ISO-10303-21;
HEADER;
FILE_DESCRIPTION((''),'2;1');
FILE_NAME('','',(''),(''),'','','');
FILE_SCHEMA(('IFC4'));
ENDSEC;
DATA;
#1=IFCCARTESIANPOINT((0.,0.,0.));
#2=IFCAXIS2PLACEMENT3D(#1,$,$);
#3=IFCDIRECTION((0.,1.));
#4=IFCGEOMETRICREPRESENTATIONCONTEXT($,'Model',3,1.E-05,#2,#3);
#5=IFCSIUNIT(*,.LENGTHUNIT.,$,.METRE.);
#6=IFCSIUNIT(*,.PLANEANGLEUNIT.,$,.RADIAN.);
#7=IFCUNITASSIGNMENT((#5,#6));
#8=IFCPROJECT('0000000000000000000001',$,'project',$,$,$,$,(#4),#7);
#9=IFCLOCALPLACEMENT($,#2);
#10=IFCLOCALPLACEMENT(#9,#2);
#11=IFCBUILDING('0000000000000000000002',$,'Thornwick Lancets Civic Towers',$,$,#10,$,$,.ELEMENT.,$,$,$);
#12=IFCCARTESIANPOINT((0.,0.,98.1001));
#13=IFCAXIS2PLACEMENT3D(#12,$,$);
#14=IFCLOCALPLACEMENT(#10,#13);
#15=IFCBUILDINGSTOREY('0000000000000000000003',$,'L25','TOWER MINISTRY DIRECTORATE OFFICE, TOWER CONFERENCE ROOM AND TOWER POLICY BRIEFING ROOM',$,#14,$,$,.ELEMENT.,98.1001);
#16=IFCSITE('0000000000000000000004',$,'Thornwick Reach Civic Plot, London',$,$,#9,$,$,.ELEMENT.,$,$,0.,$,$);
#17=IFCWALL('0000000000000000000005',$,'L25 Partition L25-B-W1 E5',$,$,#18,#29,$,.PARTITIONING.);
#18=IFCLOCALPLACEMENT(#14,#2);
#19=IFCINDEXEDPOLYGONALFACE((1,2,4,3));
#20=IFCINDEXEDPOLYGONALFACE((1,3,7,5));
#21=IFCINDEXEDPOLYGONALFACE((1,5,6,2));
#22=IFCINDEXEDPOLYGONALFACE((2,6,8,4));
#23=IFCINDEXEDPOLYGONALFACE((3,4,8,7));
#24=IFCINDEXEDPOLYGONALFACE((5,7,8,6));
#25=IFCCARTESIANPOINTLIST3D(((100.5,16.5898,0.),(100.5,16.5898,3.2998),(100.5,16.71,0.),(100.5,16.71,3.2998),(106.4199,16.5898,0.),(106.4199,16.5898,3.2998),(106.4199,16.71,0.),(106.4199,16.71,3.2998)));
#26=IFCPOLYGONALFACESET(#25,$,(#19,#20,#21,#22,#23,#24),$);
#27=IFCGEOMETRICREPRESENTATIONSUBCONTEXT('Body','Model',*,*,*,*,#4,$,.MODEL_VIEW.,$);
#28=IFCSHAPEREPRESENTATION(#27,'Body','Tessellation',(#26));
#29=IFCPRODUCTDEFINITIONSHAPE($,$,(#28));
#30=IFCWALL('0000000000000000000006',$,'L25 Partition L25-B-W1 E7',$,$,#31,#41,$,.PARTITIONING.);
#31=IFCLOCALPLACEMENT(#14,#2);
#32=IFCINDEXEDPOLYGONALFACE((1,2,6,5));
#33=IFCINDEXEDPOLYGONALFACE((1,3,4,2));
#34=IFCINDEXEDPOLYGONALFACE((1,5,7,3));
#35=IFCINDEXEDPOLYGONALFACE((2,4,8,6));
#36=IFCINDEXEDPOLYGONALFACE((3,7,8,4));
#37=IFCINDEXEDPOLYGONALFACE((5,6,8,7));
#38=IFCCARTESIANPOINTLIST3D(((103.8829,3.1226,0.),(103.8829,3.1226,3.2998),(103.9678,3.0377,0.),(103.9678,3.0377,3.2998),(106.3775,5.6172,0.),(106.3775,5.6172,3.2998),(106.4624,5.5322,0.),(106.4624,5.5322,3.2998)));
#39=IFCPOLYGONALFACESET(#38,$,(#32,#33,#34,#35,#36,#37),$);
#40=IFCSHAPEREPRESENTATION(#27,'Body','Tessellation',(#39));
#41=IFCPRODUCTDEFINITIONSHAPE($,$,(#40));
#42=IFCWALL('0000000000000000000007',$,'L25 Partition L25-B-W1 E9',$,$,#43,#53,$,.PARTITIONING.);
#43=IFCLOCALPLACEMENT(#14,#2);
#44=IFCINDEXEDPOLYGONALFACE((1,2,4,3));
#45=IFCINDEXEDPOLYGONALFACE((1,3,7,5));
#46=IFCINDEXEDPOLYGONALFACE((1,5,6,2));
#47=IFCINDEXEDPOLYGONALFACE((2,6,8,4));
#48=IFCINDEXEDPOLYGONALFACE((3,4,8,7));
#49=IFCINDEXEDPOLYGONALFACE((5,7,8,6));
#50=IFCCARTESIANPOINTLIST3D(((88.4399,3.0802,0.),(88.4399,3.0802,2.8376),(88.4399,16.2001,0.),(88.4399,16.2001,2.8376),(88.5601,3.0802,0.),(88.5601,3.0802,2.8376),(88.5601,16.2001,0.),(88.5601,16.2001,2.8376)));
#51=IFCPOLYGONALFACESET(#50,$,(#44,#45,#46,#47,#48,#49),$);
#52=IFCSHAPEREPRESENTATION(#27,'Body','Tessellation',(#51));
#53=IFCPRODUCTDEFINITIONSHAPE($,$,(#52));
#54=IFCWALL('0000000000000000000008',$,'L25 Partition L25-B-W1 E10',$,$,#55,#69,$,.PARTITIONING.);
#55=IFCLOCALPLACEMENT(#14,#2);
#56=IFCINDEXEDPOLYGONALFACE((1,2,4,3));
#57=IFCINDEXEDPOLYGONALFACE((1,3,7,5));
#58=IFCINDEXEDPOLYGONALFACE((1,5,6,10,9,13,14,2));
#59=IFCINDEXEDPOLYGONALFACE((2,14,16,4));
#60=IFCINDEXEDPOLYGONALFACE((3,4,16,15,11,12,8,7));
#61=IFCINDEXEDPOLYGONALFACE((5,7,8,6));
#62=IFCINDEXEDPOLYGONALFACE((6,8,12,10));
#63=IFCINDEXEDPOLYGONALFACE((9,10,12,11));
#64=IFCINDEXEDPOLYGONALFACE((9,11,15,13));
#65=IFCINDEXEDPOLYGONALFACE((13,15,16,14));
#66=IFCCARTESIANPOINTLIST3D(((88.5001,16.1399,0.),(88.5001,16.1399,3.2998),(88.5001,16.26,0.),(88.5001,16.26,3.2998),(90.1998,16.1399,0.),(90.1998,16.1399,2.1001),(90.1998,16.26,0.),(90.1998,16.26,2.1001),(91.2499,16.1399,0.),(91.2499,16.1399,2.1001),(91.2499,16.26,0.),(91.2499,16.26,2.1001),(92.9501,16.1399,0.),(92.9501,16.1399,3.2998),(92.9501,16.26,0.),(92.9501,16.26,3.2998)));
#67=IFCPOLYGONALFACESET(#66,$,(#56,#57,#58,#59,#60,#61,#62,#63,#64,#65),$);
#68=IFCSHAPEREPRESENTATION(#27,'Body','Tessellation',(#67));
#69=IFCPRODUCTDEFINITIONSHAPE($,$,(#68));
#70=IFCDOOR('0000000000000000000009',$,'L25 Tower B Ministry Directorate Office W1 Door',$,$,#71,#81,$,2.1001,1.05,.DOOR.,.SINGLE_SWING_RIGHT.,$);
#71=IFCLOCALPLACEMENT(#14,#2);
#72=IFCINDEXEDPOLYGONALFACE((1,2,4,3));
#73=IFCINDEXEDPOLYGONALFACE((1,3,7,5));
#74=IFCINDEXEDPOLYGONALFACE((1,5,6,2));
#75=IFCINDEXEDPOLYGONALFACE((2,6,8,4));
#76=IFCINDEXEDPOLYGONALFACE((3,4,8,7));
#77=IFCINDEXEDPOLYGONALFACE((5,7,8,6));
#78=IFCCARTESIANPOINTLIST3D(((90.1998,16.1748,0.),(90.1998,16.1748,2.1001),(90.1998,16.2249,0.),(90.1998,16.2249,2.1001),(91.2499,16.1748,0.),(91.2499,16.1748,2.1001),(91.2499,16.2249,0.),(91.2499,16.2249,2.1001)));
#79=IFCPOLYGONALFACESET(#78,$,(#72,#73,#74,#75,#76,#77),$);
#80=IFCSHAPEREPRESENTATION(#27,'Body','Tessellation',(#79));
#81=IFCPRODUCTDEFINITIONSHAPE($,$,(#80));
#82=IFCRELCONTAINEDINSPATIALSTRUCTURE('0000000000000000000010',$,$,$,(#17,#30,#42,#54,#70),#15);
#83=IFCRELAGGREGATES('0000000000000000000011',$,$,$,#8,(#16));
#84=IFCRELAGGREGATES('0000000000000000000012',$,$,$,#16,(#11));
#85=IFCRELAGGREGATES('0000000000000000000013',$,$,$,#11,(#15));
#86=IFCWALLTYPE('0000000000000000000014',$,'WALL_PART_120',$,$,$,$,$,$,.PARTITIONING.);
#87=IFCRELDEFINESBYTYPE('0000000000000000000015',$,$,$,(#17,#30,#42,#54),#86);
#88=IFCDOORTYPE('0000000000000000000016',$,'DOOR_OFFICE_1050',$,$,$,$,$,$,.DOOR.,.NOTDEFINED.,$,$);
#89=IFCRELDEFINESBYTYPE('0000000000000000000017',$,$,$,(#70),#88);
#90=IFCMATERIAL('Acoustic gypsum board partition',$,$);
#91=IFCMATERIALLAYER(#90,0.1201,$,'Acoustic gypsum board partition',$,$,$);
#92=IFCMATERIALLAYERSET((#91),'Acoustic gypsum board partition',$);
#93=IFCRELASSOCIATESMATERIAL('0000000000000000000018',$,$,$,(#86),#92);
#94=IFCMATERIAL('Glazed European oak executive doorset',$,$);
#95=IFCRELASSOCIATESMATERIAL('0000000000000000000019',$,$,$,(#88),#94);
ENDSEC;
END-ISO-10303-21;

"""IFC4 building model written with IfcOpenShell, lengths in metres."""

from ifc_helpers import new_model, si_unit, direction, frame, frame_2d, origin, place, context, subcontext, project, spatial, rectangle, extrude, material, layer, layer_set, type_object, element, fill, save


model = new_model("IFC4")

# Units and contexts
model_context = context("Model", 3, precision=1e-05, world=origin(), true_north=direction((0.0, 1.0)))
body_context = subcontext(model_context, "Body", "Model", "MODEL_VIEW")
ifc_project = project(units=[si_unit("LENGTHUNIT", "METRE"), si_unit("PLANEANGLEUNIT", "RADIAN")], contexts=[model_context])

# Site, building, storey
site_placement = place(None, origin())
site = spatial("IfcSite", under=ifc_project, at=site_placement, Name="Thornwick Reach Civic Plot, London", CompositionType="ELEMENT", RefElevation=0.0)
building_placement = place(site_placement, origin())
building = spatial("IfcBuilding", under=site, at=building_placement, Name="Thornwick Lancets Civic Towers", CompositionType="ELEMENT")
storey_placement = place(building_placement, frame((0.0, 0.0, 98.1001)))
storey = spatial("IfcBuildingStorey", under=building, at=storey_placement, Name="L25", Description="TOWER MINISTRY DIRECTORATE OFFICE, TOWER CONFERENCE ROOM AND TOWER POLICY BRIEFING ROOM", CompositionType="ELEMENT", Elevation=98.1001)

# Walls
ifc_material_1 = material(Name="Acoustic gypsum board partition")
ifc_layer_1 = layer(ifc_material_1, 0.1201, Name="Acoustic gypsum board partition")
ifc_layer_set_1 = layer_set([ifc_layer_1], Name="Acoustic gypsum board partition")
wall_type_1 = type_object("IfcWallType", Name="WALL_PART_120", PredefinedType="PARTITIONING", material=ifc_layer_set_1)
wall_1_placement = place(storey_placement, frame((100.5, 16.6499, 0.0), z_axis=(0.0, 0.0, 1.0), x_axis=(1.0, 0.0, 0.0)))
element("IfcWall", 1, at=wall_1_placement, inside=storey, type_object=wall_type_1, Name="L25 Partition L25-B-W1 E5", PredefinedType="PARTITIONING", context=body_context, shape_type="SweptSolid", body=[
    extrude(rectangle(XDim=5.9199, YDim=0.1201, at=frame_2d((2.96, 0.0))), origin(), (0.0, 0.0, 1.0), 3.2998),
])
wall_2_placement = place(storey_placement, frame((106.4199, 5.5747, 0.0), z_axis=(0.0, 0.0, 1.0), x_axis=(-0.707107, -0.707107, 0.0)))
element("IfcWall", 2, at=wall_2_placement, inside=storey, type_object=wall_type_1, Name="L25 Partition L25-B-W1 E7", PredefinedType="PARTITIONING", context=body_context, shape_type="SweptSolid", body=[
    extrude(rectangle(XDim=3.5278, YDim=0.1201, at=frame_2d((1.7639, 0.0))), origin(), (0.0, 0.0, 1.0), 3.2998),
])
wall_3_placement = place(storey_placement, frame((88.5, 3.0801, 0.0), z_axis=(0.0, 0.0, 1.0), x_axis=(0.0, 1.0, 0.0)))
element("IfcWall", 3, at=wall_3_placement, inside=storey, type_object=wall_type_1, Name="L25 Partition L25-B-W1 E9", PredefinedType="PARTITIONING", context=body_context, shape_type="SweptSolid", body=[
    extrude(rectangle(XDim=13.1199, YDim=0.1201, at=frame_2d((6.5601, 0.0))), origin(), (0.0, 0.0, 1.0), 2.8376),
])

# Wall, opening, door
wall_4_placement = place(storey_placement, frame((88.5, 16.2, 0.0), z_axis=(0.0, 0.0, 1.0), x_axis=(1.0, 0.0, 0.0)))
wall_4 = element("IfcWall", 4, at=wall_4_placement, inside=storey, type_object=wall_type_1, Name="L25 Partition L25-B-W1 E10", PredefinedType="PARTITIONING", context=body_context, shape_type="SweptSolid", body=[
    extrude(rectangle(XDim=4.45, YDim=0.1201, at=frame_2d((2.2251, 0.0))), origin(), (0.0, 0.0, 1.0), 3.2998),
])
opening_1_placement = place(wall_4_placement, frame((1.7, 0.0, 0.0)))
opening_1 = element("IfcOpeningElement", 5, at=opening_1_placement, cuts=wall_4, PredefinedType="OPENING", context=body_context, shape_type="SweptSolid", body=[
    extrude(rectangle(XDim=1.05, YDim=2.1001, at=frame_2d((0.5249, 1.05))), frame((0.0, 0.0701, 0.0), z_axis=(0.0, -1.0, 0.0), x_axis=(1.0, 0.0, 0.0)), (0.0, 0.0, 1.0), 0.1401),
])
ifc_material_2 = material(Name="Glazed European oak executive doorset")
door_type = type_object("IfcDoorType", Name="DOOR_OFFICE_1050", OperationType="NOTDEFINED", PredefinedType="DOOR", material=ifc_material_2)
door_placement = place(opening_1_placement, origin())
door = element("IfcDoor", 6, at=door_placement, inside=storey, type_object=door_type, Name="L25 Tower B Ministry Directorate Office W1 Door", OperationType="SINGLE_SWING_RIGHT", OverallHeight=2.1001, OverallWidth=1.05, PredefinedType="DOOR", context=body_context, shape_type="SweptSolid", body=[
    extrude(rectangle(XDim=1.05, YDim=2.1001, at=frame_2d((0.5249, 1.05))), frame((0.0, 0.0249, 0.0), z_axis=(0.0, -1.0, 0.0), x_axis=(1.0, 0.0, 0.0)), (0.0, 0.0, 1.0), 0.05),
])
fill(opening_1, door)

save(model, "model.ifc")
